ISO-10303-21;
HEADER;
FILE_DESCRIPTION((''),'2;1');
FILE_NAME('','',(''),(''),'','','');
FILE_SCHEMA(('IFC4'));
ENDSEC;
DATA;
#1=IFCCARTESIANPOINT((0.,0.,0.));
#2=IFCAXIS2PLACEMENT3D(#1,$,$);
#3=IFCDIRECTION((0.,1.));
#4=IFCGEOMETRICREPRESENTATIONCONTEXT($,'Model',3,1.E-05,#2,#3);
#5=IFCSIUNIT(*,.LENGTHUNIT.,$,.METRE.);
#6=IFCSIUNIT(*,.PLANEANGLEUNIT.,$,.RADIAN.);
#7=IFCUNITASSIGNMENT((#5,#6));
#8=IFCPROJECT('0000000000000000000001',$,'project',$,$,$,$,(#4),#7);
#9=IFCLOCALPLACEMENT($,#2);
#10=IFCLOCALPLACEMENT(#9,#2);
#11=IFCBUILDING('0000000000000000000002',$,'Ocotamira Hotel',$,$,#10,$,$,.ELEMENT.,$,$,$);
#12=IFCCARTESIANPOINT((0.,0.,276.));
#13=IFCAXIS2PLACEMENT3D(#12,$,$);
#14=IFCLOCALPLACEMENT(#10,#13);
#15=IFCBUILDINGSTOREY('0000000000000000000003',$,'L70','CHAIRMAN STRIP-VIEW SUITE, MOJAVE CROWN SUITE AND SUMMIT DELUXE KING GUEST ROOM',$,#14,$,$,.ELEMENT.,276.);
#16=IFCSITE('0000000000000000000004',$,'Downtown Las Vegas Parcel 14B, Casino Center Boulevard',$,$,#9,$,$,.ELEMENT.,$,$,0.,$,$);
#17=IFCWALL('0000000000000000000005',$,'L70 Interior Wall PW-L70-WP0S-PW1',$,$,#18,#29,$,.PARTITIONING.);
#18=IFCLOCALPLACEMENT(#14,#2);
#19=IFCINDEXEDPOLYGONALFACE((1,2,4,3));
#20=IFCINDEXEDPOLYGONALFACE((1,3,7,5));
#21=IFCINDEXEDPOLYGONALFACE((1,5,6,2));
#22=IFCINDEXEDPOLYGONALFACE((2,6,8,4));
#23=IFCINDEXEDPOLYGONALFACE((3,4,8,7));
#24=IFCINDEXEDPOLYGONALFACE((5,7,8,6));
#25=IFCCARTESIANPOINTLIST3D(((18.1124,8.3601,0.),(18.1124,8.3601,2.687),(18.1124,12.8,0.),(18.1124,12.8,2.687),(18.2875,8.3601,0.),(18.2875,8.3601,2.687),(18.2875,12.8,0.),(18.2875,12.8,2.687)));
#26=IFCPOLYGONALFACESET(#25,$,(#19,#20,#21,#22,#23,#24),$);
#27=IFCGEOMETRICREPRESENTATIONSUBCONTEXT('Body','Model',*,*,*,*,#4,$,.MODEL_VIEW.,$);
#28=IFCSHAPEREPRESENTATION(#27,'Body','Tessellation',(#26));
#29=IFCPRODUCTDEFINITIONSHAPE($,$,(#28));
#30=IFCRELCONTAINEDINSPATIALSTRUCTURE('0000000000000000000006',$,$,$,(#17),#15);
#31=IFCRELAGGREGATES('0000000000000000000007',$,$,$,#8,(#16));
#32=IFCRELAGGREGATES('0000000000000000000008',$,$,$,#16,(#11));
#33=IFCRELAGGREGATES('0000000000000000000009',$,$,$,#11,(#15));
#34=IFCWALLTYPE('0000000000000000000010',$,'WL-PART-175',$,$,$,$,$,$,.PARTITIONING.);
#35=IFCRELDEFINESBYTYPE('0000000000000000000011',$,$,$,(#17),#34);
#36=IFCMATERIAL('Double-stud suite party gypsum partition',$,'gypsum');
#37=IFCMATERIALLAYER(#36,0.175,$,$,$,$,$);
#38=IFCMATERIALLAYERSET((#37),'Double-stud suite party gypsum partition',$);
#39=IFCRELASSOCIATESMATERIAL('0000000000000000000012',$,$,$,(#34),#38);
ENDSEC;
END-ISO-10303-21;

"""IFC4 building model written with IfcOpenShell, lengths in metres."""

from ifc_helpers import new_model, si_unit, direction, frame, frame_2d, origin, place, context, subcontext, project, spatial, rectangle, extrude, material, layer, layer_set, type_object, element, save


model = new_model("IFC4")

# Units and contexts
model_context = context("Model", 3, precision=1e-05, world=origin(), true_north=direction((0.0, 1.0)))
body_context = subcontext(model_context, "Body", "Model", "MODEL_VIEW")
ifc_project = project(units=[si_unit("LENGTHUNIT", "METRE"), si_unit("PLANEANGLEUNIT", "RADIAN")], contexts=[model_context])

# Site, building, storey
site_placement = place(None, origin())
site = spatial("IfcSite", under=ifc_project, at=site_placement, Name="Downtown Las Vegas Parcel 14B, Casino Center Boulevard", CompositionType="ELEMENT", RefElevation=0.0)
building_placement = place(site_placement, origin())
building = spatial("IfcBuilding", under=site, at=building_placement, Name="Ocotamira Hotel", CompositionType="ELEMENT")
storey_placement = place(building_placement, frame((0.0, 0.0, 276.0)))
storey = spatial("IfcBuildingStorey", under=building, at=storey_placement, Name="L70", Description="CHAIRMAN STRIP-VIEW SUITE, MOJAVE CROWN SUITE AND SUMMIT DELUXE KING GUEST ROOM", CompositionType="ELEMENT", Elevation=276.0)

# Wall
ifc_material_1 = material(Name="Double-stud suite party gypsum partition", Category="gypsum")
ifc_layer_1 = layer(ifc_material_1, 0.175)
ifc_layer_set_1 = layer_set([ifc_layer_1], Name="Double-stud suite party gypsum partition")
wall_type_1 = type_object("IfcWallType", Name="WL-PART-175", PredefinedType="PARTITIONING", material=ifc_layer_set_1)
wall_1_placement = place(storey_placement, frame((18.2, 8.3601, 0.0), z_axis=(0.0, 0.0, 1.0), x_axis=(0.0, 1.0, 0.0)))
element("IfcWall", 1, at=wall_1_placement, inside=storey, type_object=wall_type_1, Name="L70 Interior Wall PW-L70-WP0S-PW1", PredefinedType="PARTITIONING", context=body_context, shape_type="SweptSolid", body=[
    extrude(rectangle(XDim=4.4399, YDim=0.175, at=frame_2d((2.22, 0.0))), origin(), (0.0, 0.0, 1.0), 2.687),
])

save(model, "model.ifc")
